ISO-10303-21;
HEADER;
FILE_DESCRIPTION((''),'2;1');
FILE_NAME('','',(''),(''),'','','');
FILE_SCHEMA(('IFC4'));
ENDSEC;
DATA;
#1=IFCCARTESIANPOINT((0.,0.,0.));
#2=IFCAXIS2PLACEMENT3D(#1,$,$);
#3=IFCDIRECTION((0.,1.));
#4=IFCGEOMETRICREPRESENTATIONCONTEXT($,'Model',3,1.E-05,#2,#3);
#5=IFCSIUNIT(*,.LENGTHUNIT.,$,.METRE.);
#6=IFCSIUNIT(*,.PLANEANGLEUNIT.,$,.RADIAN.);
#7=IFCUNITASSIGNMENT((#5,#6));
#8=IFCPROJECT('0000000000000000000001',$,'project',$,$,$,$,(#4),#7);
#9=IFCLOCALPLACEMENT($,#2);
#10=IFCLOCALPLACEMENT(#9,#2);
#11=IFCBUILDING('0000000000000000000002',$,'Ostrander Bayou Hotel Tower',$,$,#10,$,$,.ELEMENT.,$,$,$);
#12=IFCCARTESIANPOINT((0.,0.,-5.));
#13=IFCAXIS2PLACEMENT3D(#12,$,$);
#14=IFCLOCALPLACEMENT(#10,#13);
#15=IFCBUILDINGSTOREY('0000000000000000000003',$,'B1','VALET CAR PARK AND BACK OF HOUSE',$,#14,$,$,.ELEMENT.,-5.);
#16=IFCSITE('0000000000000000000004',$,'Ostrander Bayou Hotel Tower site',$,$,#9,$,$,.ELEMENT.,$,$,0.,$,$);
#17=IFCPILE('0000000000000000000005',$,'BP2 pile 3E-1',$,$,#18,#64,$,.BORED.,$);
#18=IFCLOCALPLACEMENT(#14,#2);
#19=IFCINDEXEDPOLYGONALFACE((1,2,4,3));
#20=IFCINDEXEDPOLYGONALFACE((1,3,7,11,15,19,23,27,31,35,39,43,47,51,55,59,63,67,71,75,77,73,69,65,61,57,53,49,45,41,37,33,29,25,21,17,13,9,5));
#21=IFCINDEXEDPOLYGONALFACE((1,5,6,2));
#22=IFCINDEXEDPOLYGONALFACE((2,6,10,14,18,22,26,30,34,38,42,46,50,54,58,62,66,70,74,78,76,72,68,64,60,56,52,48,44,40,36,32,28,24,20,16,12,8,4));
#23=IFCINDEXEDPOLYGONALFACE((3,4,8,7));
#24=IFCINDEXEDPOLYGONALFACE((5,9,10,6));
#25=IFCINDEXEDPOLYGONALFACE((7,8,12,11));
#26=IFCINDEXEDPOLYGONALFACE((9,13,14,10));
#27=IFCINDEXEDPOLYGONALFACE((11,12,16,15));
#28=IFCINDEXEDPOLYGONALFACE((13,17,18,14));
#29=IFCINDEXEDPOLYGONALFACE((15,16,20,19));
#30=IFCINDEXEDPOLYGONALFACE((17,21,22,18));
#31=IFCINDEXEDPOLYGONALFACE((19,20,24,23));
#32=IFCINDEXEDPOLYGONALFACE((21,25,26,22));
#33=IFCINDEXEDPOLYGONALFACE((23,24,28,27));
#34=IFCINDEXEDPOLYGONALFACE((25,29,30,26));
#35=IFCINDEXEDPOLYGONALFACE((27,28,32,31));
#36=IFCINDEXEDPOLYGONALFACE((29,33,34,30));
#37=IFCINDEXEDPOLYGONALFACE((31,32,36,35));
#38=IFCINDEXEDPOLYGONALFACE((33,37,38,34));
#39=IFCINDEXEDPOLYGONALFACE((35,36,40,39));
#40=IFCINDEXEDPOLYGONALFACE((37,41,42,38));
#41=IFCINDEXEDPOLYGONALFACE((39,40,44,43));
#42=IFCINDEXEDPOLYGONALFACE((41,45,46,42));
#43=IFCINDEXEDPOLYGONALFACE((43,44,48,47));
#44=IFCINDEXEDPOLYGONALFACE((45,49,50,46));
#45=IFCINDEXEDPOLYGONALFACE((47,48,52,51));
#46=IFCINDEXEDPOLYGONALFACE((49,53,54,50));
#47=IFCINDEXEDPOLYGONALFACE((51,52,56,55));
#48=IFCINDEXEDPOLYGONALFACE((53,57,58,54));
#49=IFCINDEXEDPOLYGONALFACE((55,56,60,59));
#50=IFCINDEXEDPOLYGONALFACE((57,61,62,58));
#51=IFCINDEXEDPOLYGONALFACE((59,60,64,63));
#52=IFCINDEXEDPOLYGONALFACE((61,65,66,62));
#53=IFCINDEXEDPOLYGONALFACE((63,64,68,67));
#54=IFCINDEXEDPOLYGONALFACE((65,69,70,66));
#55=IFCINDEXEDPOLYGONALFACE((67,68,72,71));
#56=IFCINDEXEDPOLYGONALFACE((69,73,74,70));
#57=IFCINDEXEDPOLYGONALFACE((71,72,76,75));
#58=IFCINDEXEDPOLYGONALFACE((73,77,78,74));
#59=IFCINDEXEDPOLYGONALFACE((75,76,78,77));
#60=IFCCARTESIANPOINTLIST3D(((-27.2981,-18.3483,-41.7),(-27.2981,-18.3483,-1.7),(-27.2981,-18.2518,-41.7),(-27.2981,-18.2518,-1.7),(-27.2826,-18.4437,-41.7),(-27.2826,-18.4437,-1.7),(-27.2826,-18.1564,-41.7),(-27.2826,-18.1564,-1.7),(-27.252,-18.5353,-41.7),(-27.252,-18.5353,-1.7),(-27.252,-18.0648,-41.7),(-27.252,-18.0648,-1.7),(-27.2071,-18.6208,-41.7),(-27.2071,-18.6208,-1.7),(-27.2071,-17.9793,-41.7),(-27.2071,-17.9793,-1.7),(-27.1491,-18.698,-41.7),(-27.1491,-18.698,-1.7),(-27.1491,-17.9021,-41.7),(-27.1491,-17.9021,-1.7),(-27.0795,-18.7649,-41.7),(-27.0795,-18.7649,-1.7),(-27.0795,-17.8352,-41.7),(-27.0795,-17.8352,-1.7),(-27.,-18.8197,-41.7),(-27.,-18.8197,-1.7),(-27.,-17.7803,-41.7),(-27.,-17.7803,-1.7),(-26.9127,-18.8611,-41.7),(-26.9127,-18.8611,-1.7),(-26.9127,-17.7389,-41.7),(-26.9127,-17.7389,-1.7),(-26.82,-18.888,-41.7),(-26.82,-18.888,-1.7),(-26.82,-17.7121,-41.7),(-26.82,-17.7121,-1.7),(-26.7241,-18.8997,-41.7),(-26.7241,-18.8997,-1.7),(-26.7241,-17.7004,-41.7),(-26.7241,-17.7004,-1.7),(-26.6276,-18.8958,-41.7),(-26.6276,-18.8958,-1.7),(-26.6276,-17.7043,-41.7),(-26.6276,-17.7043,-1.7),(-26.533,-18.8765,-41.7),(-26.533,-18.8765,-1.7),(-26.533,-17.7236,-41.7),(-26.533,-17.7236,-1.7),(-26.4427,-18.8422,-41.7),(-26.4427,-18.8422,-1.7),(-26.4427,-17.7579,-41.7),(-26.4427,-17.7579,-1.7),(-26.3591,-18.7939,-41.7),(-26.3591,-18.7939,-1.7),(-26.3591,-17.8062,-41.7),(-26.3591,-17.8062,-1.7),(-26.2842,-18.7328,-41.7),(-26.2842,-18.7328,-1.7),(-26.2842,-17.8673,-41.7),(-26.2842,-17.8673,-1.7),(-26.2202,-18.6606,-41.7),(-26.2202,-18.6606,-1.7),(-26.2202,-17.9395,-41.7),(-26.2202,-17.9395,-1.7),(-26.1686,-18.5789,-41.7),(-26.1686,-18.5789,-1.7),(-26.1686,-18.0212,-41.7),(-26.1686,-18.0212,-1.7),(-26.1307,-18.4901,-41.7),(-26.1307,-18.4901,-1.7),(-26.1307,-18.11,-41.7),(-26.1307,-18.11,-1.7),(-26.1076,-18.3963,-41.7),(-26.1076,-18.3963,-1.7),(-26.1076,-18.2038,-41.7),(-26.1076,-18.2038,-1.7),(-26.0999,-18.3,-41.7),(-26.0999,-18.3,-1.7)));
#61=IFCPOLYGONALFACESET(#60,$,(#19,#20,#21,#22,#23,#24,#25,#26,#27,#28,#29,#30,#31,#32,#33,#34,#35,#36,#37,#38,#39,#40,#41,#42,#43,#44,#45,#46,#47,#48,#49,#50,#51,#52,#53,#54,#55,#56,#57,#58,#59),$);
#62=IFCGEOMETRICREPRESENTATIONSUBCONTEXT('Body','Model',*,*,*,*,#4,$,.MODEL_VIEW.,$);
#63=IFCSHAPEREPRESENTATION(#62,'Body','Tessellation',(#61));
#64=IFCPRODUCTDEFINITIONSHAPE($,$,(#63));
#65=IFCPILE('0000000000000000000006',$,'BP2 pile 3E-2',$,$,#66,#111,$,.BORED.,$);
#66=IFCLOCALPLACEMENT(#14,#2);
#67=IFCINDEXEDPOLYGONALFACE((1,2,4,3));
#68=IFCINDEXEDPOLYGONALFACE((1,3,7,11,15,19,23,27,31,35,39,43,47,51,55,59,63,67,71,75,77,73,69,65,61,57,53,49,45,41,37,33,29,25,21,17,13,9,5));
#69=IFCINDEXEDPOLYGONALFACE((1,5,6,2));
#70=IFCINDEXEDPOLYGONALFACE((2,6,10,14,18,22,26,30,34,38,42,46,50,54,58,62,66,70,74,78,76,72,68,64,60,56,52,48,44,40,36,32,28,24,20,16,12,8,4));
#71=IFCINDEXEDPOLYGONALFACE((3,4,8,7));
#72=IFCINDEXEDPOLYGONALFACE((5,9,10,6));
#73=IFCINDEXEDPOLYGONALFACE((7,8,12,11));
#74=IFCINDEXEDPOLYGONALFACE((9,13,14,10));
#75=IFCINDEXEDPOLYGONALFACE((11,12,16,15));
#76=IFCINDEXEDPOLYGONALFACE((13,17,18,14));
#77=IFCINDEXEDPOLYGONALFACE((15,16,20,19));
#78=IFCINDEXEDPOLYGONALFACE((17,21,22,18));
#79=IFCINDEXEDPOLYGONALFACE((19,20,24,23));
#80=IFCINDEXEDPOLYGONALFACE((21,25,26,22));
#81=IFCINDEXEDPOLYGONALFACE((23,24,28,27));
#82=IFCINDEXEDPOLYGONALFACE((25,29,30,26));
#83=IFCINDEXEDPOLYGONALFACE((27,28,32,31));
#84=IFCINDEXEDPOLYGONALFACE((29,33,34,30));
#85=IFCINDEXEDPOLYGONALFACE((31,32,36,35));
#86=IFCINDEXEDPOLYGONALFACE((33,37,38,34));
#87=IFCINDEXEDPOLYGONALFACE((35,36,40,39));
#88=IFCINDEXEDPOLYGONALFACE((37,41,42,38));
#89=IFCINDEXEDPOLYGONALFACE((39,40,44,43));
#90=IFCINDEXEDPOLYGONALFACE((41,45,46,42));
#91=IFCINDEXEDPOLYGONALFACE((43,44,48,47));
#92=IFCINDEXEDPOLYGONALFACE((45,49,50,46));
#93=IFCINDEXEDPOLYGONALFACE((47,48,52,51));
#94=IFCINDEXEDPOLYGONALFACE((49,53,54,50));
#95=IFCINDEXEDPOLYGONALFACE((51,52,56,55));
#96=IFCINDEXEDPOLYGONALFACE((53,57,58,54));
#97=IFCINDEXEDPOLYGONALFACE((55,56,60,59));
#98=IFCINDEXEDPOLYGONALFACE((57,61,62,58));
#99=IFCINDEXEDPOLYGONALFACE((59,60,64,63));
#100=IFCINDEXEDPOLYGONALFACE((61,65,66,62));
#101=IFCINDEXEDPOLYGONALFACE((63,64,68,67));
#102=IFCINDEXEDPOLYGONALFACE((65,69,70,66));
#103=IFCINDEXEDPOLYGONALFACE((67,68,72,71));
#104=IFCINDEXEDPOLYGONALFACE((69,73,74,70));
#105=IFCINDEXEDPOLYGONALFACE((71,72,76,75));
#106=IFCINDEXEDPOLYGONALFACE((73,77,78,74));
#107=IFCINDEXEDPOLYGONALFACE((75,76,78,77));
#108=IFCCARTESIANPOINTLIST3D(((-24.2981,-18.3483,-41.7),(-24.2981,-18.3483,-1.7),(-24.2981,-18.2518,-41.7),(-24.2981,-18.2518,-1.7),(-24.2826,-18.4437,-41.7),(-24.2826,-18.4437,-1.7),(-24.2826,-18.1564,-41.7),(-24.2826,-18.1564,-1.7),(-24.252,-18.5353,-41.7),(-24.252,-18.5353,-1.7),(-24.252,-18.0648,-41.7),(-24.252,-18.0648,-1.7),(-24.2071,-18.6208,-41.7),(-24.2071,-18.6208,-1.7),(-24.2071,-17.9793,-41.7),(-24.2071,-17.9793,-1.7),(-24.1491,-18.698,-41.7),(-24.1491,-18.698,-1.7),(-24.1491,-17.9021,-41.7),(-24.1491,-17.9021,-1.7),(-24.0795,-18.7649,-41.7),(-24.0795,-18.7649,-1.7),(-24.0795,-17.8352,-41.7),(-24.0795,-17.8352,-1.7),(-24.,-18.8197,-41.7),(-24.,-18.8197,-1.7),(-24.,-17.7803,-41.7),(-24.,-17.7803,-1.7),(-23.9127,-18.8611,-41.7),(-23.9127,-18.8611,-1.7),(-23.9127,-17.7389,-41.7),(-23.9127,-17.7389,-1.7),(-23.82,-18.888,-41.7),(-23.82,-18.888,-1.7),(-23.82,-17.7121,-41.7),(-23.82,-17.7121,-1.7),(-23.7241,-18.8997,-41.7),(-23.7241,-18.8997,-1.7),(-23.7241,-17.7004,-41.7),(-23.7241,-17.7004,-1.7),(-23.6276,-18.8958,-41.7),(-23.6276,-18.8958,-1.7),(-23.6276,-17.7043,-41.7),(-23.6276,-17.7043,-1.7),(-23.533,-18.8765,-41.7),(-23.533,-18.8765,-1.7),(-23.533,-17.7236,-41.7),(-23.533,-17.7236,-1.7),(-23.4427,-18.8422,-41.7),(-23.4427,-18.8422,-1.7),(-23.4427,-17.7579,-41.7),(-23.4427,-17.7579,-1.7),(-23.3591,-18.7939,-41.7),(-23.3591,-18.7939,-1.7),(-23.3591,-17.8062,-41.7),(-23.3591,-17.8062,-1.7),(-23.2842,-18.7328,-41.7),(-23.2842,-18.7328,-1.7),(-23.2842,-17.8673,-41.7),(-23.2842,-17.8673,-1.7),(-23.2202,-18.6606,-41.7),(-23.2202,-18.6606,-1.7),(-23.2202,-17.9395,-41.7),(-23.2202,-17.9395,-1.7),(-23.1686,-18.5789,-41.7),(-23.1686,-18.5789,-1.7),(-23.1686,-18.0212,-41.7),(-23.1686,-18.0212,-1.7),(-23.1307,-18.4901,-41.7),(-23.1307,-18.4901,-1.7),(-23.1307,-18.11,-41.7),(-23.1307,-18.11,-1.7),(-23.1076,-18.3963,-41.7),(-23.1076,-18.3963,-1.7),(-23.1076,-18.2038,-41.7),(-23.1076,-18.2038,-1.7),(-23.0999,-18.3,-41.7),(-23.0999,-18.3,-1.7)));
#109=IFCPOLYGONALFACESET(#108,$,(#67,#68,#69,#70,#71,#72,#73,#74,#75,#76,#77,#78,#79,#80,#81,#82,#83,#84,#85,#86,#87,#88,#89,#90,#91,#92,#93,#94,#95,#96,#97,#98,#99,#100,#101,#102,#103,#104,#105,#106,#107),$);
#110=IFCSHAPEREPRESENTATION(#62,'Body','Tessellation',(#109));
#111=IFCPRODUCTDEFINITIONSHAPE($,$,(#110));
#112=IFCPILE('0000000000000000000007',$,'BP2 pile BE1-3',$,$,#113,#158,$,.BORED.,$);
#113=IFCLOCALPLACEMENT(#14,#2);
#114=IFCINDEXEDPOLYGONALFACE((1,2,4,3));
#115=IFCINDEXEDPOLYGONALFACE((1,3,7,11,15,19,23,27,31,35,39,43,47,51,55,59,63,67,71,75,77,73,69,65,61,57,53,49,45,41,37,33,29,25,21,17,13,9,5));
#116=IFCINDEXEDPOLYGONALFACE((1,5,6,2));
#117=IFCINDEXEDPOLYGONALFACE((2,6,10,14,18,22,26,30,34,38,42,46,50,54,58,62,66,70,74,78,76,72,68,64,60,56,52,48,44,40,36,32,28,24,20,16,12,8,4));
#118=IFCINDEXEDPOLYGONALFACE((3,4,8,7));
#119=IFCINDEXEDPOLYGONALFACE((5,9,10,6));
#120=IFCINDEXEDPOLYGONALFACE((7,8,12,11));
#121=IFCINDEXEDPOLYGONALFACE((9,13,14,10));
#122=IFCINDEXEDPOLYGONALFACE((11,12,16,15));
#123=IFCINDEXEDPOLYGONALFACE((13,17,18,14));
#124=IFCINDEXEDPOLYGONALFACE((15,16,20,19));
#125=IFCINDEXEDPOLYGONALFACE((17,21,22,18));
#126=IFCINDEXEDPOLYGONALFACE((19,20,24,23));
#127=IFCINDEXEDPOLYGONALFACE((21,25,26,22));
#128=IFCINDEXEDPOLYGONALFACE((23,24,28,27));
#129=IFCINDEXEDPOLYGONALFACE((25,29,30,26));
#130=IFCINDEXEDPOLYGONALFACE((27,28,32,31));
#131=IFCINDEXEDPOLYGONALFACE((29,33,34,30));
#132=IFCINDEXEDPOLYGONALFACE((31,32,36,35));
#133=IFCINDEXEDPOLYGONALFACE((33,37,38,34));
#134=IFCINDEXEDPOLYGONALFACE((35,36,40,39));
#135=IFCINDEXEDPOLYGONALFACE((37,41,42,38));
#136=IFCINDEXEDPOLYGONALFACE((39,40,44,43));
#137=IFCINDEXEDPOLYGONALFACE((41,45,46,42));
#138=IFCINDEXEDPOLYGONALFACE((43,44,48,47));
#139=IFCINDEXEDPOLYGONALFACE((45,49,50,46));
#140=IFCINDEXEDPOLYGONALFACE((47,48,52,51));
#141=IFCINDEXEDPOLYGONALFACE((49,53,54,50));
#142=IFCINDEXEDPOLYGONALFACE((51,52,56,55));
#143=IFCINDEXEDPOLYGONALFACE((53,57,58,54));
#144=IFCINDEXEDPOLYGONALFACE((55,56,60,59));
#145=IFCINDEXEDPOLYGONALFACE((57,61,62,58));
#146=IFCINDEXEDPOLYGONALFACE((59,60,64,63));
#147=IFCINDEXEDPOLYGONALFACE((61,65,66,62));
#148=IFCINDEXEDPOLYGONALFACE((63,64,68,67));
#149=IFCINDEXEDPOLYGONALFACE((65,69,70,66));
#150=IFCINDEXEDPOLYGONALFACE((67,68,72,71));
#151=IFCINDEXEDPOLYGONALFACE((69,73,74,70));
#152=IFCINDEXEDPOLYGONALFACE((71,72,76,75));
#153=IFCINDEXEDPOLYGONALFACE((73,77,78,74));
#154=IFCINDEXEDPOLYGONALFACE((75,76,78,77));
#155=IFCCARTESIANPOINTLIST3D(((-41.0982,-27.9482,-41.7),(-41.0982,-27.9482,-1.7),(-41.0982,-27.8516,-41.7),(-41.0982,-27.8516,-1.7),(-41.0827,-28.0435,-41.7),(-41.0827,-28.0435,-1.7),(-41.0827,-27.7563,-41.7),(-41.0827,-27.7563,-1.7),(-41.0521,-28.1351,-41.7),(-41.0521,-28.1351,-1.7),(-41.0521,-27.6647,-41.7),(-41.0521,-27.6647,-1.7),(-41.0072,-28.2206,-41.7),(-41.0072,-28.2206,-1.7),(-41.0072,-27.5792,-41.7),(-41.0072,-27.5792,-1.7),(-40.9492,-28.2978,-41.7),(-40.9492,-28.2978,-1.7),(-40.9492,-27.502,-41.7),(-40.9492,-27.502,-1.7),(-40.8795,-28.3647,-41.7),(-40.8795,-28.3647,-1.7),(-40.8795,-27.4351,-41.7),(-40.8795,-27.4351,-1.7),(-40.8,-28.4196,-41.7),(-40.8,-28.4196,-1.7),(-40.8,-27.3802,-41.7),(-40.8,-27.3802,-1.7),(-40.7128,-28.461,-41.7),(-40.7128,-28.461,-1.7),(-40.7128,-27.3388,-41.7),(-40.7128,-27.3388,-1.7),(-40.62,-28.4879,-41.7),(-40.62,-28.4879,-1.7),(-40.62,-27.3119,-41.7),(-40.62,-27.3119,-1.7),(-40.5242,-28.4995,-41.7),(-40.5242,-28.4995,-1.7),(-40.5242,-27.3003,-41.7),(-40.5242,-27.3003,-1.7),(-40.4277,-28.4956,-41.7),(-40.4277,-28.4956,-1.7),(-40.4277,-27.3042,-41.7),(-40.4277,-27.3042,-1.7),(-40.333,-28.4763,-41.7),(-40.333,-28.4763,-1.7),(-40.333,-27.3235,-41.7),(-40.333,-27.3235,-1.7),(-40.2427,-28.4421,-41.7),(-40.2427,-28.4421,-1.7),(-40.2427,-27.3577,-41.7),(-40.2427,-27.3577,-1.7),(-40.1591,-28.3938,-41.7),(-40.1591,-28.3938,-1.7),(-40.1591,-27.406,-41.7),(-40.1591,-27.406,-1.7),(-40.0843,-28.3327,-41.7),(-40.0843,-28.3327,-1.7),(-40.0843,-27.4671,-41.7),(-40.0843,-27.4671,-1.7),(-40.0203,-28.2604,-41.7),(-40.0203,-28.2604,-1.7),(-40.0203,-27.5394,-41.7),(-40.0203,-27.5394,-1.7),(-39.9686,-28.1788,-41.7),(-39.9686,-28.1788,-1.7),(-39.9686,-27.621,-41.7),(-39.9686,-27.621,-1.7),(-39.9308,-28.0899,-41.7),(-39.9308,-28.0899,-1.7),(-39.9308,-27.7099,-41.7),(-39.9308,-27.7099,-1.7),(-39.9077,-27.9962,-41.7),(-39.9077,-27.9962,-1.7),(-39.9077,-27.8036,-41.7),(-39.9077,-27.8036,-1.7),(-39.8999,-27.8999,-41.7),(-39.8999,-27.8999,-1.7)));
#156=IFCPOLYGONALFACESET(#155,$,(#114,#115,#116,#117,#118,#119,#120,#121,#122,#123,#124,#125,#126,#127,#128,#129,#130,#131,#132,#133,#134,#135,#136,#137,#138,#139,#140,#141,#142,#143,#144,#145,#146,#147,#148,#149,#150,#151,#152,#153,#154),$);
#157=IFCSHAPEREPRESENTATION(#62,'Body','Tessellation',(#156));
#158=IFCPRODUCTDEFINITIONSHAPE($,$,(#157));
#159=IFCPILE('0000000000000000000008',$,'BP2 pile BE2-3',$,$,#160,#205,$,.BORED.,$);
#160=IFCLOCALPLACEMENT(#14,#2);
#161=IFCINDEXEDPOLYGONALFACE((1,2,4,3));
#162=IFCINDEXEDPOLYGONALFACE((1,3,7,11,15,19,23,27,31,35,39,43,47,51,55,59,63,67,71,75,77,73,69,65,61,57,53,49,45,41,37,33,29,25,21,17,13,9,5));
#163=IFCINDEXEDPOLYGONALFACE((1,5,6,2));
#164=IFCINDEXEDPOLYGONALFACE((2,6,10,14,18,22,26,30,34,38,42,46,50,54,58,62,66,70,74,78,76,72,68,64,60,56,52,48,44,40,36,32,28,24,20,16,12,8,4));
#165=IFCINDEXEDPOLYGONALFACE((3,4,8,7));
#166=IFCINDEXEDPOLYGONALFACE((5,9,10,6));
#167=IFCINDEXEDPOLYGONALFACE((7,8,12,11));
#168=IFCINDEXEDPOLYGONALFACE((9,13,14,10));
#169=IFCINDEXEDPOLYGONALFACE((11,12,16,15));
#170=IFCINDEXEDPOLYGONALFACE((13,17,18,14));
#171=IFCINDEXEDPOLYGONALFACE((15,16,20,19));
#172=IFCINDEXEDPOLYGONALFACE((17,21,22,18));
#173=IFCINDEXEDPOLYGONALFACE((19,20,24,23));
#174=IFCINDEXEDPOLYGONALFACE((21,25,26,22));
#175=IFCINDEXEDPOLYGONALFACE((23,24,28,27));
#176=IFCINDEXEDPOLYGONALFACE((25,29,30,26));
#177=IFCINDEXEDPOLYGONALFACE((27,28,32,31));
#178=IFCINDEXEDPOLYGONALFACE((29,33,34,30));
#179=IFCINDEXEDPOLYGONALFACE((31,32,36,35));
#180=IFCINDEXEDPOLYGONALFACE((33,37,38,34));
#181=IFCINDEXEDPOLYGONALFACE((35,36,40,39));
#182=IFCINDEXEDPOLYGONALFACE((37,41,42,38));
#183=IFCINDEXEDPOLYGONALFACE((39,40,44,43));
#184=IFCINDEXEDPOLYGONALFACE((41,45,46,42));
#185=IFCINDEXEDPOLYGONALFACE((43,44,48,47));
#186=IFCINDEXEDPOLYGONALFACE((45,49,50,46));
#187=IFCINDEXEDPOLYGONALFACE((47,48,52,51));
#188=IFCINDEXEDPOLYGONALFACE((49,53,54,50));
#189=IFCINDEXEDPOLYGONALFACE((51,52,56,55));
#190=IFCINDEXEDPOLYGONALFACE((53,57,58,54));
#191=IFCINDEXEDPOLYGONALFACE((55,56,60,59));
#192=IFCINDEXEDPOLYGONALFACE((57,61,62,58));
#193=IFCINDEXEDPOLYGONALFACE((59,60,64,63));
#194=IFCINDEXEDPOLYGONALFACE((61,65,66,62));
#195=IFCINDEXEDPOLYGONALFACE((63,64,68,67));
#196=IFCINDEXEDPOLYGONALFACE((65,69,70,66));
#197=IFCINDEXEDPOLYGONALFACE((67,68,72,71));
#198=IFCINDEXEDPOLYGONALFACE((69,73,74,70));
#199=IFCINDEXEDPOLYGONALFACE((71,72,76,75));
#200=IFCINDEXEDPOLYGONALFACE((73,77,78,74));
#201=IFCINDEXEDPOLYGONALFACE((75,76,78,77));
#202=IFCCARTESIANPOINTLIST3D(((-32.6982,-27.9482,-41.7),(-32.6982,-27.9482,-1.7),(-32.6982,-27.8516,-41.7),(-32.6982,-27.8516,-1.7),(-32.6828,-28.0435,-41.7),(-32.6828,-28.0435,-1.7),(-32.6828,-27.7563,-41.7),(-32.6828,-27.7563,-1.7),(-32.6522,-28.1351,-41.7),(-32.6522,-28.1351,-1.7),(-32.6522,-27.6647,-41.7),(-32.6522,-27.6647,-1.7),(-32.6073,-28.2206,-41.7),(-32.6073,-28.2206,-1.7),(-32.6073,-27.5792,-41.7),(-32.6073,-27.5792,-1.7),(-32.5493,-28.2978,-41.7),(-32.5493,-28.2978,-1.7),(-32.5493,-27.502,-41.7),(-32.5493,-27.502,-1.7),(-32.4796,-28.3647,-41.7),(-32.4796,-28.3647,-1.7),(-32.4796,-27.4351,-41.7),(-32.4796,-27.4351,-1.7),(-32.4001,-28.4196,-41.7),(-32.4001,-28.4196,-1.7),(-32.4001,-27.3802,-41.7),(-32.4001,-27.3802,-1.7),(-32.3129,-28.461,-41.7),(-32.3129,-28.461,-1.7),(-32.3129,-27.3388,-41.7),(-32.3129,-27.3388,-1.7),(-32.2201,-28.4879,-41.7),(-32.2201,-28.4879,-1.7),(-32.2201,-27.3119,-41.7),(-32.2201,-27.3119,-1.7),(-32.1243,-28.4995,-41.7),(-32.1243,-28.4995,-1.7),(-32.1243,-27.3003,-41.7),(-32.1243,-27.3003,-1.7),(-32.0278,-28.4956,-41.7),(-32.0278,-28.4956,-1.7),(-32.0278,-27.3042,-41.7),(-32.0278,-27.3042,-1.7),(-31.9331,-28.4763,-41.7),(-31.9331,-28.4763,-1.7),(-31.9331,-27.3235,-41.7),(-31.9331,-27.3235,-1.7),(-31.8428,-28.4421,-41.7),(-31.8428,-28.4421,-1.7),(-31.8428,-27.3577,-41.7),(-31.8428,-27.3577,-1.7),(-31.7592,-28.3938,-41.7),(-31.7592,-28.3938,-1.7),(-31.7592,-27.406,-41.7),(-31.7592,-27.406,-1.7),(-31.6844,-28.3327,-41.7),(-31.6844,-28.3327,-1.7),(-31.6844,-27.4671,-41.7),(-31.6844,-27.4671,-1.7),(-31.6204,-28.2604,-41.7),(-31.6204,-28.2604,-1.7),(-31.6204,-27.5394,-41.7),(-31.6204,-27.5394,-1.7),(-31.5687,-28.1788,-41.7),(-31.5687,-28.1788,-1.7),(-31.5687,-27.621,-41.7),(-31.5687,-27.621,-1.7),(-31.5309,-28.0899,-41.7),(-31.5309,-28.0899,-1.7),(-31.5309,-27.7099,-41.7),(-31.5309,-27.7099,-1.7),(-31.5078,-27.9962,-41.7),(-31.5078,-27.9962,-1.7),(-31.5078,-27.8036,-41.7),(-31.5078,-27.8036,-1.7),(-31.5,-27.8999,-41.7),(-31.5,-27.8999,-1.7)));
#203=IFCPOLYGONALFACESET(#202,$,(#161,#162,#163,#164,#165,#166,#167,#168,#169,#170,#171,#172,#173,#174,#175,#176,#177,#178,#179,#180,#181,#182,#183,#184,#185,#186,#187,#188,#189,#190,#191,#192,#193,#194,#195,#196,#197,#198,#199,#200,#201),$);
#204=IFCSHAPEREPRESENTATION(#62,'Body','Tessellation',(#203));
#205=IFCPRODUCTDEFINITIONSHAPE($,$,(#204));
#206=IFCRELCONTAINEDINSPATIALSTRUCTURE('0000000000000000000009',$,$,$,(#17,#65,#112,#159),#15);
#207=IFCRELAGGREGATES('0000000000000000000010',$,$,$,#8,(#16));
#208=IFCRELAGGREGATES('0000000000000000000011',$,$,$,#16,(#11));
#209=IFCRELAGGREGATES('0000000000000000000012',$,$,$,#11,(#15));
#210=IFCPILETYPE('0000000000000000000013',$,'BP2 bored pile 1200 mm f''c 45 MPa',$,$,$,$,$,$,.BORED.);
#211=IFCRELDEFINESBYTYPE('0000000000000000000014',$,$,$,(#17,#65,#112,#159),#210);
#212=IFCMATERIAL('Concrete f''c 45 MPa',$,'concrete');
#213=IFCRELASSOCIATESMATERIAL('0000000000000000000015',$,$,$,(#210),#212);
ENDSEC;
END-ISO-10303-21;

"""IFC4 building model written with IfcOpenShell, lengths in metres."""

from ifc_helpers import new_model, si_unit, direction, frame, origin, origin_2d, place, context, subcontext, project, spatial, circle, extrude, material, material_profile, profile_set, type_object, element, save


model = new_model("IFC4")

# Units and contexts
model_context = context("Model", 3, precision=1e-05, world=origin(), true_north=direction((0.0, 1.0)))
body_context = subcontext(model_context, "Body", "Model", "MODEL_VIEW")
ifc_project = project(units=[si_unit("LENGTHUNIT", "METRE"), si_unit("PLANEANGLEUNIT", "RADIAN")], contexts=[model_context])

# Site, building, storey
site_placement = place(None, origin())
site = spatial("IfcSite", under=ifc_project, at=site_placement, Name="Ostrander Bayou Hotel Tower site", CompositionType="ELEMENT", RefElevation=0.0)
building_placement = place(site_placement, origin())
building = spatial("IfcBuilding", under=site, at=building_placement, Name="Ostrander Bayou Hotel Tower", CompositionType="ELEMENT")
storey_placement = place(building_placement, frame((0.0, 0.0, -5.0)))
storey = spatial("IfcBuildingStorey", under=building, at=storey_placement, Name="B1", Description="VALET CAR PARK AND BACK OF HOUSE", CompositionType="ELEMENT", Elevation=-5.0)

# Piles
ifc_material_1 = material(Name="Concrete f'c 45 MPa", Category="concrete")
ifc_material_profile_1 = material_profile(ifc_material_1, circle(Radius=0.6001, at=origin_2d()))
ifc_profile_set_1 = profile_set([ifc_material_profile_1], Name="Concrete f'c 45 MPa")
pile_type = type_object("IfcPileType", Name="BP2 bored pile 1200 mm f'c 45 MPa", PredefinedType="BORED", material=ifc_profile_set_1)
for number, where, z_axis, x_axis, name in (
    (1, (-26.7, -18.3, -1.7), (0.0, 0.0, -1.0), (1.0, 0.0, 0.0), "BP2 pile 3E-1"),
    (2, (-23.7, -18.3, -1.7), (0.0, 0.0, -1.0), (1.0, 0.0, 0.0), "BP2 pile 3E-2"),
    (3, (-40.5, -27.8999, -1.7), (0.0, 0.0, -1.0), (1.0, 0.0, 0.0), "BP2 pile BE1-3"),
    (4, (-32.1001, -27.8999, -1.7), (0.0, 0.0, -1.0), (1.0, 0.0, 0.0), "BP2 pile BE2-3"),
):
    element("IfcPile", number, at=place(storey_placement, frame(where, z_axis=z_axis, x_axis=x_axis)), inside=storey, type_object=pile_type, Name=name, PredefinedType="BORED", context=body_context, shape_type="SweptSolid", body=[
        extrude(circle(Radius=0.6001, at=origin_2d()), origin(), (0.0, 0.0, 1.0), 40.0),
    ])

save(model, "model.ifc")
